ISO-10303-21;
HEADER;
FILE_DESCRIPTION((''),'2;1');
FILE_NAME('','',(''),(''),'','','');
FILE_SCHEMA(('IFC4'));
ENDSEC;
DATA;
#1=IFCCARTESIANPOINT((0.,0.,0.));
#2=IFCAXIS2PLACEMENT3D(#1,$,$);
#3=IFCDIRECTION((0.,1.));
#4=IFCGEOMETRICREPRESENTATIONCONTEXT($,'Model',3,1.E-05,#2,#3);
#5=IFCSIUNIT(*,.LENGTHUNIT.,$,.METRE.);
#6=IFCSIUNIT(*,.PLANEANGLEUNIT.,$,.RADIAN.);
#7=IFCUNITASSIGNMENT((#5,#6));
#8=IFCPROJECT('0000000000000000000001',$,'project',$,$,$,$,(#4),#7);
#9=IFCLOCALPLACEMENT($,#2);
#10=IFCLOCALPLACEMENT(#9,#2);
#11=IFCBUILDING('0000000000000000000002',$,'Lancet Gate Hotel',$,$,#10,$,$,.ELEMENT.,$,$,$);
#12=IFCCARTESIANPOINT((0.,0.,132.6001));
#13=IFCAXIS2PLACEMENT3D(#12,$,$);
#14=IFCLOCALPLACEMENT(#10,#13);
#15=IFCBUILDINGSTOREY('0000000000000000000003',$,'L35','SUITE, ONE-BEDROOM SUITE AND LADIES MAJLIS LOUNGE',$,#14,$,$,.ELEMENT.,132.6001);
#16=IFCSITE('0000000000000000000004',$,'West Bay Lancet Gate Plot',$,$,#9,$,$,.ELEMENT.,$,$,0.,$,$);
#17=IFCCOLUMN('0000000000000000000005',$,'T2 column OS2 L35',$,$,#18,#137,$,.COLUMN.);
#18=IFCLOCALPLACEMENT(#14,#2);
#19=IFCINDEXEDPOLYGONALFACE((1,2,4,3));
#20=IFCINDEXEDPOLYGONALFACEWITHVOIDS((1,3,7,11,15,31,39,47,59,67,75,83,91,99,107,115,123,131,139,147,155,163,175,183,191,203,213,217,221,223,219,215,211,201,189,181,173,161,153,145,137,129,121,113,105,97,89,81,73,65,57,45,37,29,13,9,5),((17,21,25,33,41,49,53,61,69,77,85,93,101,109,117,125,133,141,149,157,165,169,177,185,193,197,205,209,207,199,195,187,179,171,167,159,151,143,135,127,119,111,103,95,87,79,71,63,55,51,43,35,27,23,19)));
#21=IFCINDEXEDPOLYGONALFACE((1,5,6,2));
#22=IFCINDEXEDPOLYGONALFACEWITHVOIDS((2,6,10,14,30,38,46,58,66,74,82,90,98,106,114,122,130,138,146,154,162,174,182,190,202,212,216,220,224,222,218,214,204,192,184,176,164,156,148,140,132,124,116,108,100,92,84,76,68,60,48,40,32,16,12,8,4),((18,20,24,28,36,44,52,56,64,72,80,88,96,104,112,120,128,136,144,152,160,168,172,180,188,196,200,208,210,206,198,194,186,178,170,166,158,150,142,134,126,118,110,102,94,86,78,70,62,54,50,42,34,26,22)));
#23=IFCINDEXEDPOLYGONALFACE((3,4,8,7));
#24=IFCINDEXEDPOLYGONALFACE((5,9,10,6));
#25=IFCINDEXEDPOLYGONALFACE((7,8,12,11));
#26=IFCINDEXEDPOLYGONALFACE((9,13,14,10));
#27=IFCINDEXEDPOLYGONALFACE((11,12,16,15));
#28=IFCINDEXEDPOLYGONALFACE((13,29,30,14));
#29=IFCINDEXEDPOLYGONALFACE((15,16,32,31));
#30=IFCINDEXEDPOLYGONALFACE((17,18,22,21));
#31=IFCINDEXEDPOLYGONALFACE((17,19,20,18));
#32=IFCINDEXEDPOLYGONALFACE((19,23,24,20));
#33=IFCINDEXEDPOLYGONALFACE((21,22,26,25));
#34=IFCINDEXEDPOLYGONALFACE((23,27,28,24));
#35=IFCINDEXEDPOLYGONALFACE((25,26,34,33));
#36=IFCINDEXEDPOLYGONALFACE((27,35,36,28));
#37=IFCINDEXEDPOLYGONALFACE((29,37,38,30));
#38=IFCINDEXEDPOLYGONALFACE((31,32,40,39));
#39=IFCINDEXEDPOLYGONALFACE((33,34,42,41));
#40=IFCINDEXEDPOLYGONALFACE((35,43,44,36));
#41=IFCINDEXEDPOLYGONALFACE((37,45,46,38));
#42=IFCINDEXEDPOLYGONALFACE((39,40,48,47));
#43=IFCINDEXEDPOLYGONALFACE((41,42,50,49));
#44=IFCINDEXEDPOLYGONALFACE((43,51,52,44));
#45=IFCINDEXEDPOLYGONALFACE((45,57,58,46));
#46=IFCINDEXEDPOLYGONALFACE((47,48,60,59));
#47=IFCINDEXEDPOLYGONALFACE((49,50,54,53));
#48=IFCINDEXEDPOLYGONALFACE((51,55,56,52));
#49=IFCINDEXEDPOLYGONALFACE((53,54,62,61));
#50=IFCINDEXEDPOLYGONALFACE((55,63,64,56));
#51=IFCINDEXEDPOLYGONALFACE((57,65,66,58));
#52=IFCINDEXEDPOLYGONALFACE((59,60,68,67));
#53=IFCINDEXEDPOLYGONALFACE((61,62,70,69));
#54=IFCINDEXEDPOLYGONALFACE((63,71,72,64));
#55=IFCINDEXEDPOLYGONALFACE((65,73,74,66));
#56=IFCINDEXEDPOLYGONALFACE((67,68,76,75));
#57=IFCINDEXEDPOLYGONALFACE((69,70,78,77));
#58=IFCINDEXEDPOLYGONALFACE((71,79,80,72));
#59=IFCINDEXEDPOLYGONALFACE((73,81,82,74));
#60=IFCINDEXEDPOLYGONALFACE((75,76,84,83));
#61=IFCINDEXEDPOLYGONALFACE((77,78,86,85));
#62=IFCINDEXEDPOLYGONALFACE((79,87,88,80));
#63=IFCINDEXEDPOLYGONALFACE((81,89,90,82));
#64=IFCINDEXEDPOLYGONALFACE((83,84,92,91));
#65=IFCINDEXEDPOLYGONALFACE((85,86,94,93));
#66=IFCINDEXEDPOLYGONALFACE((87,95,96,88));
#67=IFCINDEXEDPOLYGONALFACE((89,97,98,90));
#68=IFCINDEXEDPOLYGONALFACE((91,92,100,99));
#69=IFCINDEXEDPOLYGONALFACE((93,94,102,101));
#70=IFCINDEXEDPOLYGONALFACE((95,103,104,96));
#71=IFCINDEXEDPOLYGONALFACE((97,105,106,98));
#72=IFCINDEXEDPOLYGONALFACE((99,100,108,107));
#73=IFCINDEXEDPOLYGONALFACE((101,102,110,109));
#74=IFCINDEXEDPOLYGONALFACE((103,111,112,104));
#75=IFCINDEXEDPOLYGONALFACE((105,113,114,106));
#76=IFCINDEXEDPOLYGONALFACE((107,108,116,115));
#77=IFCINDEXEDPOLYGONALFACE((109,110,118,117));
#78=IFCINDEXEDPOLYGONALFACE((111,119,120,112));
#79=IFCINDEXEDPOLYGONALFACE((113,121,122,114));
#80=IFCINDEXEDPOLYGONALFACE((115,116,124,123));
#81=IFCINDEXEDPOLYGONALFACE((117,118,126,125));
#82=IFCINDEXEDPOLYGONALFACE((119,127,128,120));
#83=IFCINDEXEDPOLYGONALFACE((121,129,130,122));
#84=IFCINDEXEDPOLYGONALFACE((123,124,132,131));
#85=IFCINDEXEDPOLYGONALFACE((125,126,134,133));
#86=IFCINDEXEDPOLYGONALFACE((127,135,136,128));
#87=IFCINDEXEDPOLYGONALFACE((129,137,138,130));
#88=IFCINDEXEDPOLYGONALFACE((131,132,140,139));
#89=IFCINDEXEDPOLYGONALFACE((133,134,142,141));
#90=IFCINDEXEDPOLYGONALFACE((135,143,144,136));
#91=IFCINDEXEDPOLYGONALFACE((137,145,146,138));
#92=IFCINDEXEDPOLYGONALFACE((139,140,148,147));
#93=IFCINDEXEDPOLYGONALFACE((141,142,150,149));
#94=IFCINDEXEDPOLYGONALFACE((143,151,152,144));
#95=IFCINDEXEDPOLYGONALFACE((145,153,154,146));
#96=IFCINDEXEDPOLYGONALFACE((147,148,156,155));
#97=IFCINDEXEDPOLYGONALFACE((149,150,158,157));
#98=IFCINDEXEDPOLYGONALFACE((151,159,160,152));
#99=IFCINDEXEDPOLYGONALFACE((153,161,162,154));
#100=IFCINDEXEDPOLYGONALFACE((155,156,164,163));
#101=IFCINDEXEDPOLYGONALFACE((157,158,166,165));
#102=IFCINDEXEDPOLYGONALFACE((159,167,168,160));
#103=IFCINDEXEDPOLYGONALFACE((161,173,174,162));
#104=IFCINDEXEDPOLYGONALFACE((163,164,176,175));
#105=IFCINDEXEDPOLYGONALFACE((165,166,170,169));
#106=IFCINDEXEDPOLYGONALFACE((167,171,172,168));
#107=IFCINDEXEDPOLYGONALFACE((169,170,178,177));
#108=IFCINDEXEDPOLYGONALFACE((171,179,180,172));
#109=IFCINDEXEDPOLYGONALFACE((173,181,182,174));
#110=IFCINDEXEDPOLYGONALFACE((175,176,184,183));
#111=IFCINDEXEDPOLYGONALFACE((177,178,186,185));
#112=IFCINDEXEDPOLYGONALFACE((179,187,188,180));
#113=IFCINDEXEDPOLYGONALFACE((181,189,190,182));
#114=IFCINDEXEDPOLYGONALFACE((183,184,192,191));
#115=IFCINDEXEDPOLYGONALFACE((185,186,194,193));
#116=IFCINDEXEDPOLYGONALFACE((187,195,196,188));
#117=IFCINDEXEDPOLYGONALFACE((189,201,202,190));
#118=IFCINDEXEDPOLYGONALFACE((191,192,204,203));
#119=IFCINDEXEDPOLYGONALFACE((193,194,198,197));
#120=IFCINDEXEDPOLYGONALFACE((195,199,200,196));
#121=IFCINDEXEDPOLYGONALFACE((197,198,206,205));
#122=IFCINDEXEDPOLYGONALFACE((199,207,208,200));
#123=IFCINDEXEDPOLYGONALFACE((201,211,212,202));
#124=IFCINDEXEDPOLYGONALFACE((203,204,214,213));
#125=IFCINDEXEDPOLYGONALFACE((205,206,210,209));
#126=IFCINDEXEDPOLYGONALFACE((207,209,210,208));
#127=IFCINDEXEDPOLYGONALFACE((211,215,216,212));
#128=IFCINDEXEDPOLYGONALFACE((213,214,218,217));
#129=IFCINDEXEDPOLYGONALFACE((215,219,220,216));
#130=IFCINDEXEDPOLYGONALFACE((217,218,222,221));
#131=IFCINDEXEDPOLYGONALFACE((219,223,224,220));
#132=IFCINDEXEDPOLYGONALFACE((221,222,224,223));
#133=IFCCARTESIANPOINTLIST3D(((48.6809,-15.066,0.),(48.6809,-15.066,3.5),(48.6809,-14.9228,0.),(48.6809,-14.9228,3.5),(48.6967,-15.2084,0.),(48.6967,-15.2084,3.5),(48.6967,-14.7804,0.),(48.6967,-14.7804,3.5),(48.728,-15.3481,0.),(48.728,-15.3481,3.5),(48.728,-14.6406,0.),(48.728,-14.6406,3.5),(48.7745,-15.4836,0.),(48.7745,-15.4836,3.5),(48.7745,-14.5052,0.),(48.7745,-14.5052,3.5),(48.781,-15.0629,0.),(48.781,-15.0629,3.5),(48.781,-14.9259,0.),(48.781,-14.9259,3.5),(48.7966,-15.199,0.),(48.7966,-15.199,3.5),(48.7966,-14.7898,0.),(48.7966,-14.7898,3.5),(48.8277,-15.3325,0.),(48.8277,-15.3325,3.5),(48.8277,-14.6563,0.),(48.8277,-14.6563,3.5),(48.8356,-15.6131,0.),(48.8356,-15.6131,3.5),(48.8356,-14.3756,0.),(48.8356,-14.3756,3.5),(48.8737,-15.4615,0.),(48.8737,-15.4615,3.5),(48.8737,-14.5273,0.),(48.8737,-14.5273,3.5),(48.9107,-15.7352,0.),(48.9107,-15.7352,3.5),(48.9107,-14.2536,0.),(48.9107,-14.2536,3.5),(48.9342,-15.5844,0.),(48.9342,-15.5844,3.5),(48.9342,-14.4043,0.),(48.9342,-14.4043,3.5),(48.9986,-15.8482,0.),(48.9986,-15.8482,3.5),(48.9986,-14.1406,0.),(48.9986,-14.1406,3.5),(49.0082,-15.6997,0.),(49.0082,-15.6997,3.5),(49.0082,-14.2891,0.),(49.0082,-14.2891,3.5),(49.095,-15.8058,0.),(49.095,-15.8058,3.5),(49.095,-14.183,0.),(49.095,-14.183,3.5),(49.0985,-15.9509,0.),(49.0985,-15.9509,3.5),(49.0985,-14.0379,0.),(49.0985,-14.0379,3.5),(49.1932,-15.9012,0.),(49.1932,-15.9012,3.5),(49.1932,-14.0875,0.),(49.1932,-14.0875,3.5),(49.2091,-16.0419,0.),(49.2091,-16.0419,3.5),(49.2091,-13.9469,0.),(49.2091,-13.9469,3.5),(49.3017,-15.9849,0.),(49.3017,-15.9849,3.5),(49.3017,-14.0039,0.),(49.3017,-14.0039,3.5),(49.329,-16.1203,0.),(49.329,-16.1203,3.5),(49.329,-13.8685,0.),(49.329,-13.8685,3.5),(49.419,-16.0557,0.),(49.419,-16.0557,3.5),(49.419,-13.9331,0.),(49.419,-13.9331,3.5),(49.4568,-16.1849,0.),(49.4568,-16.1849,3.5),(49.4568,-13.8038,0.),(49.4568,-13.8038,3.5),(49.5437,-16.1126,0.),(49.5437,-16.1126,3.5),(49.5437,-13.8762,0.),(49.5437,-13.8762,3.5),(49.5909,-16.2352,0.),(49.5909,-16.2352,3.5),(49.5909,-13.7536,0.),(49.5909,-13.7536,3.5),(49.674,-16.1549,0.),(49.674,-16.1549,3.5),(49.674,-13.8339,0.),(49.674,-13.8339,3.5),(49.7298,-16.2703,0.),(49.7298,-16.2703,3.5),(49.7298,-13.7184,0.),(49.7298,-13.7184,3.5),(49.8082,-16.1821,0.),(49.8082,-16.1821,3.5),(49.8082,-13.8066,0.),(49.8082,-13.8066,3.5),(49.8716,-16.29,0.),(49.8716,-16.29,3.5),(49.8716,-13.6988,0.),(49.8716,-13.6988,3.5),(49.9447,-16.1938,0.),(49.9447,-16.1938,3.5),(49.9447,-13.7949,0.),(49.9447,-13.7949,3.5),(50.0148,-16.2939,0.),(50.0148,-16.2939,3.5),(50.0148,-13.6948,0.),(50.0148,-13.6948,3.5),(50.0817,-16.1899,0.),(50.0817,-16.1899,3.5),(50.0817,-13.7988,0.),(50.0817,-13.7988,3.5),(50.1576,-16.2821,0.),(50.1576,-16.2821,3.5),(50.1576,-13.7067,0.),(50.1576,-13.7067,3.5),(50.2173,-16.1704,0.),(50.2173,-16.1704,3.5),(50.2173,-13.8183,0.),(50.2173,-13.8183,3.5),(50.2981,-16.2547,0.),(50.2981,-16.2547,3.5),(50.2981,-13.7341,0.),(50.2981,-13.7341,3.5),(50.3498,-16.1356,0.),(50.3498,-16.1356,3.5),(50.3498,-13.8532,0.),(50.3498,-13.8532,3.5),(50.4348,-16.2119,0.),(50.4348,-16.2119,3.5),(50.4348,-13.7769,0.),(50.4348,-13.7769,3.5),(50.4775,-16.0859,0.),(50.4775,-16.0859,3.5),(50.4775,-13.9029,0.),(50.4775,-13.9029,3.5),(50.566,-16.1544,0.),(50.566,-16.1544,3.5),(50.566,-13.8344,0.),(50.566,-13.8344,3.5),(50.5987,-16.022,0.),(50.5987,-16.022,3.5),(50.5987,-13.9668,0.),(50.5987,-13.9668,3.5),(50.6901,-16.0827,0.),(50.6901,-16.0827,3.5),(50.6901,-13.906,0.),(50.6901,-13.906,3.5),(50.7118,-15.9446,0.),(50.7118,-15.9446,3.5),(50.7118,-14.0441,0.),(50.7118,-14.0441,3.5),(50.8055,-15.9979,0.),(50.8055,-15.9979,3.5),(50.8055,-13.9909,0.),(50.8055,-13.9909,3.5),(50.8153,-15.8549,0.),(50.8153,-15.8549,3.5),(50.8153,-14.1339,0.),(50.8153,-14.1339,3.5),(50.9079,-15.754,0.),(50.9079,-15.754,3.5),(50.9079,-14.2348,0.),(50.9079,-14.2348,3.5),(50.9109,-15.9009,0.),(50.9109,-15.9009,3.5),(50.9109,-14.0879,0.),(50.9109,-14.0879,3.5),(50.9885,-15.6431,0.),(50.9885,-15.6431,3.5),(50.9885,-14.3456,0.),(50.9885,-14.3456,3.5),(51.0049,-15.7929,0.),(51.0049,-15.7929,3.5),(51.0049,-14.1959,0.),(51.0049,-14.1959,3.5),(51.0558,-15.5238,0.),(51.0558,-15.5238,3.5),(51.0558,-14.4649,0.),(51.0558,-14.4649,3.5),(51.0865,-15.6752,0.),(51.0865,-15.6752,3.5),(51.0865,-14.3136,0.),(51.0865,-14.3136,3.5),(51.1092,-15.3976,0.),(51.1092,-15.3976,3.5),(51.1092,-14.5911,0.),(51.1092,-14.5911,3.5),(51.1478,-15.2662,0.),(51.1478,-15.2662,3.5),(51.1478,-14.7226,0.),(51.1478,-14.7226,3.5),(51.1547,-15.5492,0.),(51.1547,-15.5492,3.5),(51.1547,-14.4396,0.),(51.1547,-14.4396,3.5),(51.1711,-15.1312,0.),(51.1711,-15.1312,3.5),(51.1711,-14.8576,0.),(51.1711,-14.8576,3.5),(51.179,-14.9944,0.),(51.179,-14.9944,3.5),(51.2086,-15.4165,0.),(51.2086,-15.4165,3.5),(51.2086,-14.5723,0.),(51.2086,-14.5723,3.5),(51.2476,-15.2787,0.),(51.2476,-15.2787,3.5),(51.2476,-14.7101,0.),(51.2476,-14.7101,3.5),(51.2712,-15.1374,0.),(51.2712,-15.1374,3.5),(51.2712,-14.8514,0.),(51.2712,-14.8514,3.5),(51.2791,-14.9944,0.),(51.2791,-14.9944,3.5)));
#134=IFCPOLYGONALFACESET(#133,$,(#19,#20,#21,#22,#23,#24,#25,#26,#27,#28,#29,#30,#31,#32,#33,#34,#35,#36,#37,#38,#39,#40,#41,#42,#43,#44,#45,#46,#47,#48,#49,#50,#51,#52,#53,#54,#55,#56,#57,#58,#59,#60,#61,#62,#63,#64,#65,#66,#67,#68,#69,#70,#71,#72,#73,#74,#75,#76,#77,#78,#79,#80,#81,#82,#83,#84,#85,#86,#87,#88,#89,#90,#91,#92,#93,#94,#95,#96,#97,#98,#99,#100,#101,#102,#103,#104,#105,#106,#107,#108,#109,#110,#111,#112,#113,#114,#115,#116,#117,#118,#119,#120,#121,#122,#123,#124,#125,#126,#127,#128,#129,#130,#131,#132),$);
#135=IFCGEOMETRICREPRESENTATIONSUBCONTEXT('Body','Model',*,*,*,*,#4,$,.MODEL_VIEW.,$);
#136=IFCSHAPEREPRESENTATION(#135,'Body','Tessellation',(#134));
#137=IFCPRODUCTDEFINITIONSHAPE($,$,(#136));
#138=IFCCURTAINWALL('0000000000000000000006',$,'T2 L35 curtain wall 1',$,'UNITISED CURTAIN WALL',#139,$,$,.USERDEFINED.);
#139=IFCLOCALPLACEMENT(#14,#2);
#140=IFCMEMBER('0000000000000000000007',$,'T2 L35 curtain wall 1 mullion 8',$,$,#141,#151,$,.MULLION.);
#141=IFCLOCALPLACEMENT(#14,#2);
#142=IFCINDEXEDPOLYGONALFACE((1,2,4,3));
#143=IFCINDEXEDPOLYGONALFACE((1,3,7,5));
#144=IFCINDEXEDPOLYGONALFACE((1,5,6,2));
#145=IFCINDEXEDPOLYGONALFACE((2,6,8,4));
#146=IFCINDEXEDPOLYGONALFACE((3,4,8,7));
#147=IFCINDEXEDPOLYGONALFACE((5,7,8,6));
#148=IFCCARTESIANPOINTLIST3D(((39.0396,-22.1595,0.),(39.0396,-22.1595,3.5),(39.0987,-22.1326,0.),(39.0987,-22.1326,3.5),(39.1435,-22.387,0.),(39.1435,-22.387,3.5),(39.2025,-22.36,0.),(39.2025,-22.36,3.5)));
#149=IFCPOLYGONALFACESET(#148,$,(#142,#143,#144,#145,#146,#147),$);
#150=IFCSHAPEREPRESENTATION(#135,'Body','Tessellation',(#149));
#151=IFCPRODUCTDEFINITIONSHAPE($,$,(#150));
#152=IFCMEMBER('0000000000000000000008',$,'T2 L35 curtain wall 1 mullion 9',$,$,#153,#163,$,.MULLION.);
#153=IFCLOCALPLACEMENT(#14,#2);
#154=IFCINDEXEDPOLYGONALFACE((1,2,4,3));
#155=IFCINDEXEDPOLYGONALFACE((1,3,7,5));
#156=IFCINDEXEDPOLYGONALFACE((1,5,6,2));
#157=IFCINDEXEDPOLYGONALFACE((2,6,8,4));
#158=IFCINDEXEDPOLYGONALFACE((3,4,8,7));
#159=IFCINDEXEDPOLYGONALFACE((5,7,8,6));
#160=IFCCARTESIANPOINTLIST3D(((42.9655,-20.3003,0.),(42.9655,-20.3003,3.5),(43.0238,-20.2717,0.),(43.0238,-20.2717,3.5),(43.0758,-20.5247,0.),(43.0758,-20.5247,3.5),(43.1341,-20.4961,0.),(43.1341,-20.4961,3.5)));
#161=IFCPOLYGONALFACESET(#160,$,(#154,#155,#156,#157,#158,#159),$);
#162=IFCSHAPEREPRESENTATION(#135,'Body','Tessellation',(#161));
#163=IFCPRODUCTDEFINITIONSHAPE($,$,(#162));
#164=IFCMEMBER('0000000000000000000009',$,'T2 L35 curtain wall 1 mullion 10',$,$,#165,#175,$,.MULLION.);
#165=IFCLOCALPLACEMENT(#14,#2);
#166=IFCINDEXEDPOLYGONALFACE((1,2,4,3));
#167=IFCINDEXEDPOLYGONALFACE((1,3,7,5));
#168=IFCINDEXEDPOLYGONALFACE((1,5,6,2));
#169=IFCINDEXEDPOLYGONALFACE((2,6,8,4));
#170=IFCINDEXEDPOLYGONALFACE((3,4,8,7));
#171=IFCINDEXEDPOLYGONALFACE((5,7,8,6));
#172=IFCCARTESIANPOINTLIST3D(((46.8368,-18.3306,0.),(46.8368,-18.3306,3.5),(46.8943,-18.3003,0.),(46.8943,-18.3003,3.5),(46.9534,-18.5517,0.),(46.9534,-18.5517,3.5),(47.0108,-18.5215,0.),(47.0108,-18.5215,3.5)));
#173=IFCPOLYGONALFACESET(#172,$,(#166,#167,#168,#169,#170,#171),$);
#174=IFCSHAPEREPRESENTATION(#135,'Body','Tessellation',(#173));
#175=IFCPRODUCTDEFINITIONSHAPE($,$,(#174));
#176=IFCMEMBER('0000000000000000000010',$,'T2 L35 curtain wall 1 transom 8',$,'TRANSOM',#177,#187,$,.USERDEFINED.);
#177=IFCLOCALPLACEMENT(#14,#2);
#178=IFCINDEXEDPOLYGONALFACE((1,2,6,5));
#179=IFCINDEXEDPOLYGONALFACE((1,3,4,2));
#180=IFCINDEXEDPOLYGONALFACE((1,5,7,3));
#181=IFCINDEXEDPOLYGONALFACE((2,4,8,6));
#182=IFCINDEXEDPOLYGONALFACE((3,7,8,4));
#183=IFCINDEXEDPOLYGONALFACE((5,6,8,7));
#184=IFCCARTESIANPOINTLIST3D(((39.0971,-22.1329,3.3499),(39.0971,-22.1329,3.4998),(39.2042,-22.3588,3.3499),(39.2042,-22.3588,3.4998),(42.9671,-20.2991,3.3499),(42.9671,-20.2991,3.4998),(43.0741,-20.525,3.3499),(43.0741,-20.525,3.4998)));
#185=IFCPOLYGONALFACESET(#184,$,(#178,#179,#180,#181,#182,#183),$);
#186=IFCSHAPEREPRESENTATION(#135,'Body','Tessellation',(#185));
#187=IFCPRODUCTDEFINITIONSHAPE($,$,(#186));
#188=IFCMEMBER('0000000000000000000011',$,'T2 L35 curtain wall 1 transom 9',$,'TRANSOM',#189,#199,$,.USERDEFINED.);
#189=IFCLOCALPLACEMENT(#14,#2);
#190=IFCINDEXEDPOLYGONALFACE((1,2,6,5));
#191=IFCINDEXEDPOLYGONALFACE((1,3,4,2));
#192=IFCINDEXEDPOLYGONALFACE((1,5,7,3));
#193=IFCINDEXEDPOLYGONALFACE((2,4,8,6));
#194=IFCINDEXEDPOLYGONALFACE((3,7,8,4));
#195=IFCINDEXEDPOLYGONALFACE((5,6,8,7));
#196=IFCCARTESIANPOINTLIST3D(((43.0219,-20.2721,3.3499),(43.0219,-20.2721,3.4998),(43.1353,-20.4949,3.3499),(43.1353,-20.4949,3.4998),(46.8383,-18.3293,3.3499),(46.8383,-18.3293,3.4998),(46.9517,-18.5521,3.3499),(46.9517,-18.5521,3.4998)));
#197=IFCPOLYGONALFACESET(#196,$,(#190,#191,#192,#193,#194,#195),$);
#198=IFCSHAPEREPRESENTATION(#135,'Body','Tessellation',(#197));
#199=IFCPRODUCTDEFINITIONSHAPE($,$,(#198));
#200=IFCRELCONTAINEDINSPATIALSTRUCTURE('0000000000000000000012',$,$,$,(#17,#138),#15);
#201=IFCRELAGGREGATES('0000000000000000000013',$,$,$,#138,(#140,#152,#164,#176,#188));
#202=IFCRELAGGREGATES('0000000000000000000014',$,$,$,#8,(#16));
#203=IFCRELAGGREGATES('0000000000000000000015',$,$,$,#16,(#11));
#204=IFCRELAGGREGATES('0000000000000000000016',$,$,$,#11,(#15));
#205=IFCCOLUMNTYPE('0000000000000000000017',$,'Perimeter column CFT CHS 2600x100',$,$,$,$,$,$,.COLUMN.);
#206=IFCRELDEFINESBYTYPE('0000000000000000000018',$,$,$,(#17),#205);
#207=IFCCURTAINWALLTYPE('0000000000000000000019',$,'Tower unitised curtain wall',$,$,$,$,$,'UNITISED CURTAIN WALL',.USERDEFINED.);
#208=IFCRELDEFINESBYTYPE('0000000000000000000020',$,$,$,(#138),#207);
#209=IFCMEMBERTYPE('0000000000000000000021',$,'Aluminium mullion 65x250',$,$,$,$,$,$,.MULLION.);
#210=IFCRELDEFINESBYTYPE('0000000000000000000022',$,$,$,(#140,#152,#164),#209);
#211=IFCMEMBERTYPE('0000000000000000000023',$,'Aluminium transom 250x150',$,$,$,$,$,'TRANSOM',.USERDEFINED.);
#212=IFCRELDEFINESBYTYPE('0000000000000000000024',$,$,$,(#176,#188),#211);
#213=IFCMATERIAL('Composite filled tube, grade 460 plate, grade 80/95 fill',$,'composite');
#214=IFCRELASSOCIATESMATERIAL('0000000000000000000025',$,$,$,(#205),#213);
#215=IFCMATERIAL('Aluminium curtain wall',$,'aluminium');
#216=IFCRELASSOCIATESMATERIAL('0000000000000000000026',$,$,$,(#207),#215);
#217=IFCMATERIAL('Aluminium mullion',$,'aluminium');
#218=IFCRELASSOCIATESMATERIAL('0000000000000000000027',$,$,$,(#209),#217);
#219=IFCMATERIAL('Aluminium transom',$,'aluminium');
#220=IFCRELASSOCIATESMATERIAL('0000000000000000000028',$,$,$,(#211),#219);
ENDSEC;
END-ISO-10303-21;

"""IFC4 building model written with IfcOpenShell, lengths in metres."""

from ifc_helpers import new_model, si_unit, direction, frame, origin, origin_2d, place, context, subcontext, project, spatial, rectangle, hollow_circle, extrude, material, material_profile, profile_set, type_object, element, aggregate, save


model = new_model("IFC4")

# Units and contexts
model_context = context("Model", 3, precision=1e-05, world=origin(), true_north=direction((0.0, 1.0)))
body_context = subcontext(model_context, "Body", "Model", "MODEL_VIEW")
ifc_project = project(units=[si_unit("LENGTHUNIT", "METRE"), si_unit("PLANEANGLEUNIT", "RADIAN")], contexts=[model_context])

# Site, building, storey
site_placement = place(None, origin())
site = spatial("IfcSite", under=ifc_project, at=site_placement, Name="West Bay Lancet Gate Plot", CompositionType="ELEMENT", RefElevation=0.0)
building_placement = place(site_placement, origin())
building = spatial("IfcBuilding", under=site, at=building_placement, Name="Lancet Gate Hotel", CompositionType="ELEMENT")
storey_placement = place(building_placement, frame((0.0, 0.0, 132.6001)))
storey = spatial("IfcBuildingStorey", under=building, at=storey_placement, Name="L35", Description="SUITE, ONE-BEDROOM SUITE AND LADIES MAJLIS LOUNGE", CompositionType="ELEMENT", Elevation=132.6001)

# Column
ifc_material_1 = material(Name="Composite filled tube, grade 460 plate, grade 80/95 fill", Category="composite")
ifc_material_profile_1 = material_profile(ifc_material_1, hollow_circle(Radius=1.3, WallThickness=0.1001, at=origin_2d()), Name="CHS 2600x100")
ifc_profile_set_1 = profile_set([ifc_material_profile_1], Name="Composite filled tube, grade 460 plate, grade 80/95 fill")
column_type = type_object("IfcColumnType", Name="Perimeter column CFT CHS 2600x100", PredefinedType="COLUMN", material=ifc_profile_set_1)
for number, where, z_axis, x_axis, name in (
    (1, (49.979, -14.9944, 0.0), (0.0, 0.0, 1.0), (1.0, 0.0, 0.0), "T2 column OS2 L35"),
):
    element("IfcColumn", number, at=place(storey_placement, frame(where, z_axis=z_axis, x_axis=x_axis)), inside=storey, type_object=column_type, Name=name, PredefinedType="COLUMN", context=body_context, shape_type="SweptSolid", body=[
        extrude(hollow_circle(Radius=1.3, WallThickness=0.1001, at=origin_2d()), origin(), (0.0, 0.0, 1.0), 3.5),
    ])

# Curtain wall, members
ifc_material_2 = material(Name="Aluminium curtain wall", Category="aluminium")
curtain_wall_type = type_object("IfcCurtainWallType", Name="Tower unitised curtain wall", ElementType="UNITISED CURTAIN WALL", PredefinedType="USERDEFINED", material=ifc_material_2)
curtain_wall_placement = place(storey_placement, origin())
curtain_wall = element("IfcCurtainWall", 2, at=curtain_wall_placement, inside=storey, type_object=curtain_wall_type, Name="T2 L35 curtain wall 1", ObjectType="UNITISED CURTAIN WALL", PredefinedType="USERDEFINED")
ifc_material_3 = material(Name="Aluminium mullion", Category="aluminium")
ifc_material_profile_2 = material_profile(ifc_material_3, rectangle(XDim=0.0649, YDim=0.25, at=origin_2d()), Name="MULLION 65x250")
ifc_profile_set_2 = profile_set([ifc_material_profile_2], Name="Aluminium mullion")
member_type_1 = type_object("IfcMemberType", Name="Aluminium mullion 65x250", PredefinedType="MULLION", material=ifc_profile_set_2)
member_1_placement = place(storey_placement, frame((39.1211, -22.2598, 0.0), z_axis=(0.0, 0.0, 1.0), x_axis=(0.909673, 0.415326, 0.0)))
member_1 = element("IfcMember", 3, at=member_1_placement, type_object=member_type_1, Name="T2 L35 curtain wall 1 mullion 8", PredefinedType="MULLION", context=body_context, shape_type="SweptSolid", body=[
    extrude(rectangle(XDim=0.0649, YDim=0.25, at=origin_2d()), origin(), (0.0, 0.0, 1.0), 3.5),
])
member_2_placement = place(storey_placement, frame((43.0498, -20.3982, 0.0), z_axis=(0.0, 0.0, 1.0), x_axis=(0.897512, 0.44099, 0.0)))
member_2 = element("IfcMember", 4, at=member_2_placement, type_object=member_type_1, Name="T2 L35 curtain wall 1 mullion 9", PredefinedType="MULLION", context=body_context, shape_type="SweptSolid", body=[
    extrude(rectangle(XDim=0.0649, YDim=0.25, at=origin_2d()), origin(), (0.0, 0.0, 1.0), 3.5),
])
member_3_placement = place(storey_placement, frame((46.9238, -18.426, 0.0), z_axis=(0.0, 0.0, 1.0), x_axis=(0.884627, 0.466299, 0.0)))
member_3 = element("IfcMember", 5, at=member_3_placement, type_object=member_type_1, Name="T2 L35 curtain wall 1 mullion 10", PredefinedType="MULLION", context=body_context, shape_type="SweptSolid", body=[
    extrude(rectangle(XDim=0.0649, YDim=0.25, at=origin_2d()), origin(), (0.0, 0.0, 1.0), 3.5),
])
ifc_material_4 = material(Name="Aluminium transom", Category="aluminium")
ifc_material_profile_3 = material_profile(ifc_material_4, rectangle(XDim=0.25, YDim=0.1499, at=origin_2d()), Name="TRANSOM 250x150")
ifc_profile_set_3 = profile_set([ifc_material_profile_3], Name="Aluminium transom")
member_type_2 = type_object("IfcMemberType", Name="Aluminium transom 250x150", ElementType="TRANSOM", PredefinedType="USERDEFINED", material=ifc_profile_set_3)
member_4_placement = place(storey_placement, frame((39.1506, -22.2458, 3.4248), z_axis=(0.90368, 0.428209, 0.0), x_axis=(-0.428209, 0.90368, 0.0)))
member_4 = element("IfcMember", 6, at=member_4_placement, type_object=member_type_2, Name="T2 L35 curtain wall 1 transom 8", ObjectType="TRANSOM", PredefinedType="USERDEFINED", context=body_context, shape_type="SweptSolid", body=[
    extrude(rectangle(XDim=0.25, YDim=0.1499, at=origin_2d()), origin(), (0.0, 0.0, 1.0), 4.2825),
])
member_5_placement = place(storey_placement, frame((43.0786, -20.3835, 3.4248), z_axis=(0.891166, 0.453678, 0.0), x_axis=(-0.453678, 0.891166, 0.0)))
member_5 = element("IfcMember", 7, at=member_5_placement, type_object=member_type_2, Name="T2 L35 curtain wall 1 transom 9", ObjectType="TRANSOM", PredefinedType="USERDEFINED", context=body_context, shape_type="SweptSolid", body=[
    extrude(rectangle(XDim=0.25, YDim=0.1499, at=origin_2d()), origin(), (0.0, 0.0, 1.0), 4.2825),
])

aggregate(curtain_wall, [member_1, member_2, member_3, member_4, member_5])

save(model, "model.ifc")
